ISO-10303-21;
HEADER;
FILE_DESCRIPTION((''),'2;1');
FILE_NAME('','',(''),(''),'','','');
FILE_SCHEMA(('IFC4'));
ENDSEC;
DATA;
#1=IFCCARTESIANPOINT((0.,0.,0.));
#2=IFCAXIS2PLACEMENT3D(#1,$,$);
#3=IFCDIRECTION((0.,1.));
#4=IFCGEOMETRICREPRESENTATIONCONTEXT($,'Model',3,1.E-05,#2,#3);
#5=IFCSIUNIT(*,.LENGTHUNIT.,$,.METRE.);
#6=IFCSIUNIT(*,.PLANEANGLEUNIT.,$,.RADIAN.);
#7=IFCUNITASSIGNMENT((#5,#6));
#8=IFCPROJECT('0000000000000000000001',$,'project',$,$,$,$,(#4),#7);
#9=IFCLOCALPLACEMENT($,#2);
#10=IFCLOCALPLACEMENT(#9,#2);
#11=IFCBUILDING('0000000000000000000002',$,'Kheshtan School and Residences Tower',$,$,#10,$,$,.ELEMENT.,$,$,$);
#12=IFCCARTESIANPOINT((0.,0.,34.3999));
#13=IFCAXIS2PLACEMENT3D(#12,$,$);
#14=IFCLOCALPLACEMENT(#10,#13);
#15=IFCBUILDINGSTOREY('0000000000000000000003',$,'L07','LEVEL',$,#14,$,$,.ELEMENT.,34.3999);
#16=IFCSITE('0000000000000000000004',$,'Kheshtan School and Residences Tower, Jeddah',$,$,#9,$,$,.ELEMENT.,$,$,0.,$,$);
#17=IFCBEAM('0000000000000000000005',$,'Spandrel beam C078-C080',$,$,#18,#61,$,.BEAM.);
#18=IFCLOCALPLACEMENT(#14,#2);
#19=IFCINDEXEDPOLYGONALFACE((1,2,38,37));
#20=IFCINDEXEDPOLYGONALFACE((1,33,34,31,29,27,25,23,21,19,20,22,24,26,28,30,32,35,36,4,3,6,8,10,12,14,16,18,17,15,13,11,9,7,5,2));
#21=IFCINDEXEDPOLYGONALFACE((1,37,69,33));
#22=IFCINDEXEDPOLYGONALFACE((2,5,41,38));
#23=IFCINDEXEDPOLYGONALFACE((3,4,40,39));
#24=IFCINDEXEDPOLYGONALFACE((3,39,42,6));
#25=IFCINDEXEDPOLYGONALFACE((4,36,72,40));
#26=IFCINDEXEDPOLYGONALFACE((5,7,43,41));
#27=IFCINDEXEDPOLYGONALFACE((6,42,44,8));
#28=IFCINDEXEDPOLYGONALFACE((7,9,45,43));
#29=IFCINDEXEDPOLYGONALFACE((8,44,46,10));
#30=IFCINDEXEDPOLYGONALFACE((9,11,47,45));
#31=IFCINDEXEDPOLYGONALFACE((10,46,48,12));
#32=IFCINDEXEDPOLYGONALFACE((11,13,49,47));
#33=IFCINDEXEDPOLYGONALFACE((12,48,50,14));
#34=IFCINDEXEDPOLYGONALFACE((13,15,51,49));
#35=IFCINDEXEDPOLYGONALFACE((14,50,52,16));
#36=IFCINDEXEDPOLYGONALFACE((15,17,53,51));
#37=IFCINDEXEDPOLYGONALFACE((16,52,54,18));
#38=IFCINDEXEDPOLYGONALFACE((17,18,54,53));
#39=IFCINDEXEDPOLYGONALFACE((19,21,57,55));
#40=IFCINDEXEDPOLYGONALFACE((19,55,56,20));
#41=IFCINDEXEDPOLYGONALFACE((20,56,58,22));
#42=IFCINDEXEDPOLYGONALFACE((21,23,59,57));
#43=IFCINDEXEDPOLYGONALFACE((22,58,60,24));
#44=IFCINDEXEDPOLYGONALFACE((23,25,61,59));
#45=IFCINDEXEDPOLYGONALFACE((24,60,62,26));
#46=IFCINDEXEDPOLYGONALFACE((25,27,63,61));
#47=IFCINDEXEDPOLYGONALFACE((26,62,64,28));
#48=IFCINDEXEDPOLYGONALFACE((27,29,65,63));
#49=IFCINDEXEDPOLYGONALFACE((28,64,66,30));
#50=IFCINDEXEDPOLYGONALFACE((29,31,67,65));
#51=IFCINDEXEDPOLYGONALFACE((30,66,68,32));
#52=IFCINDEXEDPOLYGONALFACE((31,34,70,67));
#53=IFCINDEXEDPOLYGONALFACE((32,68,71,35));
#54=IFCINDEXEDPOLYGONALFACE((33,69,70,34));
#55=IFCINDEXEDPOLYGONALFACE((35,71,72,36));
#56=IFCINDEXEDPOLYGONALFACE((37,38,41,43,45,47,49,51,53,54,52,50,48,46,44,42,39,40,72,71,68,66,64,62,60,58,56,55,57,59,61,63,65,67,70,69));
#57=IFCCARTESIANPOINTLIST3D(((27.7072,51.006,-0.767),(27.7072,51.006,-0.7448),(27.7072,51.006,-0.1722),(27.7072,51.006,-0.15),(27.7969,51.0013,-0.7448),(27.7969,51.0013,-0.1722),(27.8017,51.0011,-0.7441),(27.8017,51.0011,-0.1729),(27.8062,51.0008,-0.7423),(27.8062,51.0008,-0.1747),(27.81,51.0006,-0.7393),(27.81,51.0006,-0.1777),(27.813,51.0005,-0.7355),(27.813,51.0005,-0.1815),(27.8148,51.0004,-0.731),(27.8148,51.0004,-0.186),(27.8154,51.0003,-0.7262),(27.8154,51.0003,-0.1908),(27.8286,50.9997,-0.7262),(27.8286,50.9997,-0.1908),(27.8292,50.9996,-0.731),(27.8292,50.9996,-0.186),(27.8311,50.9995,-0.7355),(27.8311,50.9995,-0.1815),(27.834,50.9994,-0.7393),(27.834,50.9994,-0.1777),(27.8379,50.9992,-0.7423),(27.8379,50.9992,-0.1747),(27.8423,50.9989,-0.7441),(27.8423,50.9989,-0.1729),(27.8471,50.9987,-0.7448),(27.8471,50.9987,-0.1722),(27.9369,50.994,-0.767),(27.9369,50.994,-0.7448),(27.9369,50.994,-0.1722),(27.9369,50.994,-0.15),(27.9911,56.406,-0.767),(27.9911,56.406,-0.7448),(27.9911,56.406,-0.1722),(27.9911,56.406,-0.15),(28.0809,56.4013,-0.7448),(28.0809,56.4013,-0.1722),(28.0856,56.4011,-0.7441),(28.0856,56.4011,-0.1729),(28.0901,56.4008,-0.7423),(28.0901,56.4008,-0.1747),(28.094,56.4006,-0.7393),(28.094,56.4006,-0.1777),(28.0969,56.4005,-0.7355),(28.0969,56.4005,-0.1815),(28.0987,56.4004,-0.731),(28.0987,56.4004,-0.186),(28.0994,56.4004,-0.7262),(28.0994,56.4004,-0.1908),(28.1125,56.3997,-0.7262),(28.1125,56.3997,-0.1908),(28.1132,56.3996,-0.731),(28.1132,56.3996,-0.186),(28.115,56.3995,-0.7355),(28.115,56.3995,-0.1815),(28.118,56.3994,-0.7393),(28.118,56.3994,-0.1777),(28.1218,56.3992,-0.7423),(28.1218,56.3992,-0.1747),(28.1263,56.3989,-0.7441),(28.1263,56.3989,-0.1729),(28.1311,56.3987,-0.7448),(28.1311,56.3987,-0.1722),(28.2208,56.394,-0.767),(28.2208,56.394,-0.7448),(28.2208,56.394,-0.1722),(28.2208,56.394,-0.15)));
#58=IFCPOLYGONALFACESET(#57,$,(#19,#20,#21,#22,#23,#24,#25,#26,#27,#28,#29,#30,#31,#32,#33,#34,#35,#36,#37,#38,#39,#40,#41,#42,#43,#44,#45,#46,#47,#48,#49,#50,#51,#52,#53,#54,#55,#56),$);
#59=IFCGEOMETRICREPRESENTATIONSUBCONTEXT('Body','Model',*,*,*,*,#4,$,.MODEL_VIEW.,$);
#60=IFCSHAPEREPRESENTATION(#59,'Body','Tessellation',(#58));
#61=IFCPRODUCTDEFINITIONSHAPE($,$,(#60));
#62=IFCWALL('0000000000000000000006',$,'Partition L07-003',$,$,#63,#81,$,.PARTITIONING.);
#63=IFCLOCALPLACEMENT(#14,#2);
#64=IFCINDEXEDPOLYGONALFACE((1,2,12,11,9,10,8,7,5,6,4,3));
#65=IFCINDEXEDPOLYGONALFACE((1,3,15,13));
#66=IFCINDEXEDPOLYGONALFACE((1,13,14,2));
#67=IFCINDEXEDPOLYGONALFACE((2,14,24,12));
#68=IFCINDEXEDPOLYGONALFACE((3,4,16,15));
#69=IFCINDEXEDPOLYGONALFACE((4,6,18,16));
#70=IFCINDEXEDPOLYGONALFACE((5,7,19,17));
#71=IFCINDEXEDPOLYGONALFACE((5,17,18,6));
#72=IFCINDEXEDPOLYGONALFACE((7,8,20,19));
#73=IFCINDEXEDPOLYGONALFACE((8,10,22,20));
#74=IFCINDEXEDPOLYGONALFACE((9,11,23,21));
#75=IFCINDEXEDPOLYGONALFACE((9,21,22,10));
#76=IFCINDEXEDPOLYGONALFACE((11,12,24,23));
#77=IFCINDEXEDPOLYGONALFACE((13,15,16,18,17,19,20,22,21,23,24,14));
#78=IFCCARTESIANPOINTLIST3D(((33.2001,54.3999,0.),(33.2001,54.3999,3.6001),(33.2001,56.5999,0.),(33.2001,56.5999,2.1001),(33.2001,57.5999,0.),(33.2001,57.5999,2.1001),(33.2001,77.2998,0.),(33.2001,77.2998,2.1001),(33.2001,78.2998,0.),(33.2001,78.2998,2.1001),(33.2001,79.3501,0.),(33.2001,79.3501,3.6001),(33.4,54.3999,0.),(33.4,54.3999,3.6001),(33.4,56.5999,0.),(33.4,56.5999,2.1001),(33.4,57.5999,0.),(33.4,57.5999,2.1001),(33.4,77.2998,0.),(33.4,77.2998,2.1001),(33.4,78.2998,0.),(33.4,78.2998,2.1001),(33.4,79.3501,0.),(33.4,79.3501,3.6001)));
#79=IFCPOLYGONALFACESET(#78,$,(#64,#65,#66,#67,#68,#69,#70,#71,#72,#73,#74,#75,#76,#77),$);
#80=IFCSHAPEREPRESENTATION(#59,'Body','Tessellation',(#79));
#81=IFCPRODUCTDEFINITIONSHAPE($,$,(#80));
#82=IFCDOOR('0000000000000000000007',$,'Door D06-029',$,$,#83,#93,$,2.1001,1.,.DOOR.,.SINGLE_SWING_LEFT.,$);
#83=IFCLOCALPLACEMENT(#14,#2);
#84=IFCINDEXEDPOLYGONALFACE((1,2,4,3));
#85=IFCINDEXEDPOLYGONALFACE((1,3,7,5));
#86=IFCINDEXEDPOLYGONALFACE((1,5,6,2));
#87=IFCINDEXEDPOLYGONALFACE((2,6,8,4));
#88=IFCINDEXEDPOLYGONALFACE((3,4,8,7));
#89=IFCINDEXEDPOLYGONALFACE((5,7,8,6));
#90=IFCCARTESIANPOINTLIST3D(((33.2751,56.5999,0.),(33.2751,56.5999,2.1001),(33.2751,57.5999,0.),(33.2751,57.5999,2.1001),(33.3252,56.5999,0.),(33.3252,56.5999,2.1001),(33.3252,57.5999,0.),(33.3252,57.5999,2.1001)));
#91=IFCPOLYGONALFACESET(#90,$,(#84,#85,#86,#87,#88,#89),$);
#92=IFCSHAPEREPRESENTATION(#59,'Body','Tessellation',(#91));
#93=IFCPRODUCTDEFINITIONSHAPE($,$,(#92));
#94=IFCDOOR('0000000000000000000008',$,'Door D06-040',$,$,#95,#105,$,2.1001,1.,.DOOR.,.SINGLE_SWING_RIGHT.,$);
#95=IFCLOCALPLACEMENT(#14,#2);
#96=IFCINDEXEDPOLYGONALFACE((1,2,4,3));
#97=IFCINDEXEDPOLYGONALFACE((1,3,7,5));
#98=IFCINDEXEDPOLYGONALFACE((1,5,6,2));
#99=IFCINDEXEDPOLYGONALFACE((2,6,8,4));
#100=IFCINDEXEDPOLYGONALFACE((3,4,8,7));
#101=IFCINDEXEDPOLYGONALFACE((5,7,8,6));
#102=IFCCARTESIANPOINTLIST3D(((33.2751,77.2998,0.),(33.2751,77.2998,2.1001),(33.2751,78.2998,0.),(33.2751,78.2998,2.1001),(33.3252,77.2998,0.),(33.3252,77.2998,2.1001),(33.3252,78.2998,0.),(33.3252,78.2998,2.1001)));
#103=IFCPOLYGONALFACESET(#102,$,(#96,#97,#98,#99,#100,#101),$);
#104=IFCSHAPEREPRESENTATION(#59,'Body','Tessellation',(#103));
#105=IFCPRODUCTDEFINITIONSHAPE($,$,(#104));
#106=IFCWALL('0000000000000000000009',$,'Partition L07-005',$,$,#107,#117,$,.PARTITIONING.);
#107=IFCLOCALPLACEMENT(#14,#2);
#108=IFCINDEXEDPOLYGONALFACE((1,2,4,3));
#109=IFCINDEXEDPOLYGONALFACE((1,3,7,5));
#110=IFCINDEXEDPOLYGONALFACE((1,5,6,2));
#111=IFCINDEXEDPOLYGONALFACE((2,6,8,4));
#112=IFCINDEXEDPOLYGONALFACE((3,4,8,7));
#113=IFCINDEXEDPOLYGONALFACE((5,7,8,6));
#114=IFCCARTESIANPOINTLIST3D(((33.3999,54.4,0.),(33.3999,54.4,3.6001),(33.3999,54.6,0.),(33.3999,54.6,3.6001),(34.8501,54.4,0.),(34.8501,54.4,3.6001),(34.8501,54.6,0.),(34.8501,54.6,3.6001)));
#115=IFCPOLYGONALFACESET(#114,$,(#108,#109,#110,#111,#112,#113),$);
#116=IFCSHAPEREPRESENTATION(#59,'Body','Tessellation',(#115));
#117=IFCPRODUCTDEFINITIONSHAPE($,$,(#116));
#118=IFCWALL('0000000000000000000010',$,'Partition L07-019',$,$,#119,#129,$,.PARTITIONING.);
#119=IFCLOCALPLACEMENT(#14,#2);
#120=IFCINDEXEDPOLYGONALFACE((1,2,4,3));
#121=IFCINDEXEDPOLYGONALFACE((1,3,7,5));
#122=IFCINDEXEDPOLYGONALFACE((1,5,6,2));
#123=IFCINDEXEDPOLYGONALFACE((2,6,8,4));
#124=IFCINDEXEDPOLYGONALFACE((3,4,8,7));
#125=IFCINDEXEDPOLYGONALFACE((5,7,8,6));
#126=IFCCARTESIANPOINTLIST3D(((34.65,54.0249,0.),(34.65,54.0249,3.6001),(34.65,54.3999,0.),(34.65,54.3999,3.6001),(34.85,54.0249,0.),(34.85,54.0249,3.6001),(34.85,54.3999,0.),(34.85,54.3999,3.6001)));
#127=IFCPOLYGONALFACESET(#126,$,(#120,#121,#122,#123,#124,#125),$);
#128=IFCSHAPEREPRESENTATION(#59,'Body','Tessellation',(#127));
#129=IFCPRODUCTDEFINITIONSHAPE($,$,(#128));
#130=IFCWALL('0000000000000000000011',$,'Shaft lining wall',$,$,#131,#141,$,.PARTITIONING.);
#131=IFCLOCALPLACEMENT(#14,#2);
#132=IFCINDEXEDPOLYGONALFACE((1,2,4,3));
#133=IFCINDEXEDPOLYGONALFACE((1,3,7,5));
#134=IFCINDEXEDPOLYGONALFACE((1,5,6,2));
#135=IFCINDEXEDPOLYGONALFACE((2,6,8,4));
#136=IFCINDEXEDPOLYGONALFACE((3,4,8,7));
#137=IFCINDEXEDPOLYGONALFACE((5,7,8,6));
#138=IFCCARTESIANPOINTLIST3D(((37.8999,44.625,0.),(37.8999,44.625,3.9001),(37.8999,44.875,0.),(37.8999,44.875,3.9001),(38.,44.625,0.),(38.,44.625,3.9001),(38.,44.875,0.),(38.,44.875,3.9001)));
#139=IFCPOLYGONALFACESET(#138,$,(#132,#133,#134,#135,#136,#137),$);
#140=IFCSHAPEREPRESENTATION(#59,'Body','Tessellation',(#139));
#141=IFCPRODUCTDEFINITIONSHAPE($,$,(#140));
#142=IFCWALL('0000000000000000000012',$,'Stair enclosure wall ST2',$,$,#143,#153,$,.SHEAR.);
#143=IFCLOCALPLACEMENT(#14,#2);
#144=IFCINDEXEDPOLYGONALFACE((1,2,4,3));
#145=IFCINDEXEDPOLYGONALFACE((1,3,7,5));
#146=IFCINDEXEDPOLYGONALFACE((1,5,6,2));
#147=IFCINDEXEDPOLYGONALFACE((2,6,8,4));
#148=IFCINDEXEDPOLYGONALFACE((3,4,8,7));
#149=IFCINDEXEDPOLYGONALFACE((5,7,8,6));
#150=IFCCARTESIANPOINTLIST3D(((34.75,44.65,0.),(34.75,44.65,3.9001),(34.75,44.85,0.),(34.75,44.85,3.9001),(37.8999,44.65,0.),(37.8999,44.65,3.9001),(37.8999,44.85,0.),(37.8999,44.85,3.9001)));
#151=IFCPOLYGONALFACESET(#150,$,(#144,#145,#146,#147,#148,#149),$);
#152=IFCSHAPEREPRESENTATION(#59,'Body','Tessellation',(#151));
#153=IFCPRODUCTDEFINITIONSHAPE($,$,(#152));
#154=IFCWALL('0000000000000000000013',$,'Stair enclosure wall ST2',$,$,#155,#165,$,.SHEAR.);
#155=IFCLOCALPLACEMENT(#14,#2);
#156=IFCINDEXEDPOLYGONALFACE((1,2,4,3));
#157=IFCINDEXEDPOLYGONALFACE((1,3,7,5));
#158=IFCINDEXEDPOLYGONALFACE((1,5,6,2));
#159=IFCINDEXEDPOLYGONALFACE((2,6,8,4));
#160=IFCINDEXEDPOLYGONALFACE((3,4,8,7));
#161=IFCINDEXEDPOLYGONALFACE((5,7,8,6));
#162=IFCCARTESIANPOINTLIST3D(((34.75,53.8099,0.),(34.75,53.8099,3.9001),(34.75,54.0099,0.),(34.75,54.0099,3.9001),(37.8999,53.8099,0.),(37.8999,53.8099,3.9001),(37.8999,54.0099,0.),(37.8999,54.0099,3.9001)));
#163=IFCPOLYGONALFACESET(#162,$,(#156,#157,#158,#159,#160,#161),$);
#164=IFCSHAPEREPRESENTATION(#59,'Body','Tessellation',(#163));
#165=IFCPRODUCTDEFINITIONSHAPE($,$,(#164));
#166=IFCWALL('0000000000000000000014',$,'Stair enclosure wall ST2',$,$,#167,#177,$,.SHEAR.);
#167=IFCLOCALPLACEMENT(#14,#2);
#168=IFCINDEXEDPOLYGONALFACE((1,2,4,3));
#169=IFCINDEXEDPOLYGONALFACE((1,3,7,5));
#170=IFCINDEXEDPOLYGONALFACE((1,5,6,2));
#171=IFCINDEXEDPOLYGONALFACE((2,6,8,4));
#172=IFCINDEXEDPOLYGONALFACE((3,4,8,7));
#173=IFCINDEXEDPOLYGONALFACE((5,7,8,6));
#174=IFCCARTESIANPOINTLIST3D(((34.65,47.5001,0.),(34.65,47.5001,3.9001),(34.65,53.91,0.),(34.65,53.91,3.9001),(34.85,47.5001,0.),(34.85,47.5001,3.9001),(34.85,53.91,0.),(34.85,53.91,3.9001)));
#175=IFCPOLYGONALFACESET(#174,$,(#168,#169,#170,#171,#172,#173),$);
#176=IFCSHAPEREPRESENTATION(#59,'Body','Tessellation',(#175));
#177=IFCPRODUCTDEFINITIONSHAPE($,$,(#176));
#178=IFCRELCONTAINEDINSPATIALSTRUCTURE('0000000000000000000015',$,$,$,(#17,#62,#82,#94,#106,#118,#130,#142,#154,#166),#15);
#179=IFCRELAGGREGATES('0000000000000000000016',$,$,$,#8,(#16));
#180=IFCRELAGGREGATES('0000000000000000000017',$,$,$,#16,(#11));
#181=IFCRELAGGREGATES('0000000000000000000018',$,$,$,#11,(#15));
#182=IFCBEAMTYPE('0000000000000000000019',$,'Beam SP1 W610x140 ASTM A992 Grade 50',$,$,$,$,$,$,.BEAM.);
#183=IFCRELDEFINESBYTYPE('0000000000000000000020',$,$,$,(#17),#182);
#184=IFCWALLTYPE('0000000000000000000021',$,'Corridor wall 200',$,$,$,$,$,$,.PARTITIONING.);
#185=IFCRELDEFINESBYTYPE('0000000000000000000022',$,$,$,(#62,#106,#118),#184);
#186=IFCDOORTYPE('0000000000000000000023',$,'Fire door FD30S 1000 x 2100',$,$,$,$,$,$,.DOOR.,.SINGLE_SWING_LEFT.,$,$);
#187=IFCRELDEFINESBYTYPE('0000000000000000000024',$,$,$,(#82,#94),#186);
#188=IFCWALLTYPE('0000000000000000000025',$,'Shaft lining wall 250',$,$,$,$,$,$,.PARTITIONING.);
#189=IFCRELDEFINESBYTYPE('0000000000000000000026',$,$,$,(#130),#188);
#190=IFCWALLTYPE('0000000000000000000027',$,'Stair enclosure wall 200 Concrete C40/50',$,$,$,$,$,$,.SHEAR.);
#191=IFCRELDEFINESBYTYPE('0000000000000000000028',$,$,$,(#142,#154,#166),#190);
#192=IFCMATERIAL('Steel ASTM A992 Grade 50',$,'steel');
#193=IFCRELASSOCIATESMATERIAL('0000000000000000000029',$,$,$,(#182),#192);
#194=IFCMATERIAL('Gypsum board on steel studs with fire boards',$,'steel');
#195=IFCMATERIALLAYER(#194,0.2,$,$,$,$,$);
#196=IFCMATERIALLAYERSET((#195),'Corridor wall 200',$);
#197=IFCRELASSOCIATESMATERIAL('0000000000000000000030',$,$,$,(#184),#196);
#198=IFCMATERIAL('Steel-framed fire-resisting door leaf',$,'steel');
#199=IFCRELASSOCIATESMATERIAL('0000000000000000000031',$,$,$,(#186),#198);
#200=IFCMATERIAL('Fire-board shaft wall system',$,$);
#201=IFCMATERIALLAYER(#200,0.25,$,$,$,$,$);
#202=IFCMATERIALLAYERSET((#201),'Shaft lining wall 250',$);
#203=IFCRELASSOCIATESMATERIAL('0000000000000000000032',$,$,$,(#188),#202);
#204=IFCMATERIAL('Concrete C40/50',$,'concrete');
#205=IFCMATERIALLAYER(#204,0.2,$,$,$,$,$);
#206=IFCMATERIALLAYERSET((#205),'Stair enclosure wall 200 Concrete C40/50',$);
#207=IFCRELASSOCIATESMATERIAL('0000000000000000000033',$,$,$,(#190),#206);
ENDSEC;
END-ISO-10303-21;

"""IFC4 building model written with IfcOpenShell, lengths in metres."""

from ifc_helpers import new_model, si_unit, direction, frame, frame_2d, origin, origin_2d, place, context, subcontext, project, spatial, rectangle, i_section, extrude, source, transform, mapped, material, layer, layer_set, material_profile, profile_set, type_object, element, fill, save


model = new_model("IFC4")

# Units and contexts
model_context = context("Model", 3, precision=1e-05, world=origin(), true_north=direction((0.0, 1.0)))
body_context = subcontext(model_context, "Body", "Model", "MODEL_VIEW")
ifc_project = project(units=[si_unit("LENGTHUNIT", "METRE"), si_unit("PLANEANGLEUNIT", "RADIAN")], contexts=[model_context])

# Site, building, storey
site_placement = place(None, origin())
site = spatial("IfcSite", under=ifc_project, at=site_placement, Name="Kheshtan School and Residences Tower, Jeddah", CompositionType="ELEMENT", RefElevation=0.0)
building_placement = place(site_placement, origin())
building = spatial("IfcBuilding", under=site, at=building_placement, Name="Kheshtan School and Residences Tower", CompositionType="ELEMENT")
storey_placement = place(building_placement, frame((0.0, 0.0, 34.3999)))
storey = spatial("IfcBuildingStorey", under=building, at=storey_placement, Name="L07", Description="LEVEL", CompositionType="ELEMENT", Elevation=34.3999)

# Shared definitions
ifc_material_1 = material(Name="Steel ASTM A992 Grade 50", Category="steel")

# Beam
ifc_material_profile_1 = material_profile(ifc_material_1, i_section(OverallWidth=0.23, OverallDepth=0.6169, WebThickness=0.0132, FlangeThickness=0.0222, FilletRadius=0.0186, at=origin_2d()), Name="W610x140")
ifc_profile_set_1 = profile_set([ifc_material_profile_1], Name="Steel ASTM A992 Grade 50")
beam_type_1 = type_object("IfcBeamType", Name="Beam SP1 W610x140 ASTM A992 Grade 50", PredefinedType="BEAM", material=ifc_profile_set_1)
for number, where, z_axis, x_axis, name in (
    (1, (27.822, 51.0, -0.4585), (0.052509, 0.99862, 0.0), (-0.99862, 0.052509, 0.0), "Spandrel beam C078-C080"),
):
    element("IfcBeam", number, at=place(storey_placement, frame(where, z_axis=z_axis, x_axis=x_axis)), inside=storey, type_object=beam_type_1, Name=name, PredefinedType="BEAM", context=body_context, shape_type="SweptSolid", body=[
        extrude(i_section(OverallWidth=0.23, OverallDepth=0.6169, WebThickness=0.0132, FlangeThickness=0.0222, FilletRadius=0.0186, at=origin_2d()), origin(), (0.0, 0.0, 1.0), 5.4075),
    ])

# Wall, openings, doors
ifc_material_2 = material(Name="Gypsum board on steel studs with fire boards", Category="steel")
ifc_layer_1 = layer(ifc_material_2, 0.2)
ifc_layer_set_1 = layer_set([ifc_layer_1], Name="Corridor wall 200")
wall_type_1 = type_object("IfcWallType", Name="Corridor wall 200", PredefinedType="PARTITIONING", material=ifc_layer_set_1)
wall_1_placement = place(storey_placement, frame((33.3, 54.3999, 0.0), z_axis=(0.0, 0.0, 1.0), x_axis=(0.0, 1.0, 0.0)))
wall_1 = element("IfcWall", 2, at=wall_1_placement, inside=storey, type_object=wall_type_1, Name="Partition L07-003", PredefinedType="PARTITIONING", context=body_context, shape_type="SweptSolid", body=[
    extrude(rectangle(XDim=24.9502, YDim=0.2, at=frame_2d((12.4751, 0.0))), origin(), (0.0, 0.0, 1.0), 3.6001),
])
opening_1_placement = place(wall_1_placement, frame((2.2, 0.0, 0.0)))
opening_1 = element("IfcOpeningElement", 3, at=opening_1_placement, cuts=wall_1, PredefinedType="OPENING", context=body_context, shape_type="SweptSolid", body=[
    extrude(rectangle(XDim=1.0, YDim=2.1001, at=frame_2d((0.5, 1.05))), frame((0.0, 0.1099, 0.0), z_axis=(0.0, -1.0, 0.0), x_axis=(1.0, 0.0, 0.0)), (0.0, 0.0, 1.0), 0.22),
])
opening_2_placement = place(wall_1_placement, frame((22.8999, 0.0, 0.0)))
opening_2 = element("IfcOpeningElement", 4, at=opening_2_placement, cuts=wall_1, PredefinedType="OPENING", context=body_context, shape_type="SweptSolid", body=[
    extrude(rectangle(XDim=1.0, YDim=2.1001, at=frame_2d((0.5, 1.05))), frame((0.0, 0.1099, 0.0), z_axis=(0.0, -1.0, 0.0), x_axis=(1.0, 0.0, 0.0)), (0.0, 0.0, 1.0), 0.22),
])
ifc_material_3 = material(Name="Steel-framed fire-resisting door leaf", Category="steel")
door_type_1 = type_object("IfcDoorType", Name="Fire door FD30S 1000 x 2100", OperationType="SINGLE_SWING_LEFT", PredefinedType="DOOR", material=ifc_material_3)
shared_shape_1 = source(origin(), body_context, "Body", "SweptSolid", [
    extrude(rectangle(XDim=1.0, YDim=2.1001, at=frame_2d((0.5, 1.05))), frame((0.0, 0.0249, 0.0), z_axis=(0.0, -1.0, 0.0), x_axis=(1.0, 0.0, 0.0)), (0.0, 0.0, 1.0), 0.05),
])
door_1_placement = place(opening_1_placement, origin())
door_1 = element("IfcDoor", 5, at=door_1_placement, inside=storey, type_object=door_type_1, Name="Door D06-029", OperationType="SINGLE_SWING_LEFT", OverallHeight=2.1001, OverallWidth=1.0, PredefinedType="DOOR", context=body_context, shape_type="MappedRepresentation", body=[
    mapped(shared_shape_1, transform((0.0, 0.0, 0.0), x_axis=(1.0, 0.0, 0.0), y_axis=(0.0, 1.0, 0.0), z_axis=(0.0, 0.0, 1.0), scale=1.0)),
])
fill(opening_1, door_1)
door_2_placement = place(opening_2_placement, origin())
door_2 = element("IfcDoor", 6, at=door_2_placement, inside=storey, type_object=door_type_1, Name="Door D06-040", OperationType="SINGLE_SWING_RIGHT", OverallHeight=2.1001, OverallWidth=1.0, PredefinedType="DOOR", context=body_context, shape_type="MappedRepresentation", body=[
    mapped(shared_shape_1, transform((0.0, 0.0, 0.0), x_axis=(1.0, 0.0, 0.0), y_axis=(0.0, 1.0, 0.0), z_axis=(0.0, 0.0, 1.0), scale=1.0)),
])
fill(opening_2, door_2)

# Walls
wall_2_placement = place(storey_placement, frame((33.3999, 54.5, 0.0), z_axis=(0.0, 0.0, 1.0), x_axis=(1.0, 0.0, 0.0)))
element("IfcWall", 7, at=wall_2_placement, inside=storey, type_object=wall_type_1, Name="Partition L07-005", PredefinedType="PARTITIONING", context=body_context, shape_type="SweptSolid", body=[
    extrude(rectangle(XDim=1.4502, YDim=0.2, at=frame_2d((0.7251, 0.0))), origin(), (0.0, 0.0, 1.0), 3.6001),
])
wall_3_placement = place(storey_placement, frame((34.75, 54.0249, 0.0), z_axis=(0.0, 0.0, 1.0), x_axis=(0.0, 1.0, 0.0)))
element("IfcWall", 8, at=wall_3_placement, inside=storey, type_object=wall_type_1, Name="Partition L07-019", PredefinedType="PARTITIONING", context=body_context, shape_type="SweptSolid", body=[
    extrude(rectangle(XDim=0.375, YDim=0.2, at=frame_2d((0.1875, 0.0))), origin(), (0.0, 0.0, 1.0), 3.6001),
])
ifc_material_4 = material(Name="Fire-board shaft wall system")
ifc_layer_2 = layer(ifc_material_4, 0.25)
ifc_layer_set_2 = layer_set([ifc_layer_2], Name="Shaft lining wall 250")
wall_type_2 = type_object("IfcWallType", Name="Shaft lining wall 250", PredefinedType="PARTITIONING", material=ifc_layer_set_2)
wall_4_placement = place(storey_placement, frame((37.8999, 44.75, 0.0), z_axis=(0.0, 0.0, 1.0), x_axis=(1.0, 0.0, 0.0)))
element("IfcWall", 9, at=wall_4_placement, inside=storey, type_object=wall_type_2, Name="Shaft lining wall", PredefinedType="PARTITIONING", context=body_context, shape_type="SweptSolid", body=[
    extrude(rectangle(XDim=0.1001, YDim=0.25, at=frame_2d((0.05, 0.0))), origin(), (0.0, 0.0, 1.0), 3.9001),
])
ifc_material_5 = material(Name="Concrete C40/50", Category="concrete")
ifc_layer_3 = layer(ifc_material_5, 0.2)
ifc_layer_set_3 = layer_set([ifc_layer_3], Name="Stair enclosure wall 200 Concrete C40/50")
wall_type_3 = type_object("IfcWallType", Name="Stair enclosure wall 200 Concrete C40/50", PredefinedType="SHEAR", material=ifc_layer_set_3)
for number, where, z_axis, x_axis, name in (
    (10, (34.75, 44.75, 0.0), (0.0, 0.0, 1.0), (1.0, 0.0, 0.0), "Stair enclosure wall ST2"),
    (11, (34.75, 53.9099, 0.0), (0.0, 0.0, 1.0), (1.0, 0.0, 0.0), "Stair enclosure wall ST2"),
):
    element("IfcWall", number, at=place(storey_placement, frame(where, z_axis=z_axis, x_axis=x_axis)), inside=storey, type_object=wall_type_3, Name=name, PredefinedType="SHEAR", context=body_context, shape_type="SweptSolid", body=[
        extrude(rectangle(XDim=3.1499, YDim=0.2, at=frame_2d((1.575, 0.0))), origin(), (0.0, 0.0, 1.0), 3.9001),
    ])
wall_5_placement = place(storey_placement, frame((34.75, 47.5, 0.0), z_axis=(0.0, 0.0, 1.0), x_axis=(0.0, 1.0, 0.0)))
element("IfcWall", 12, at=wall_5_placement, inside=storey, type_object=wall_type_3, Name="Stair enclosure wall ST2", PredefinedType="SHEAR", context=body_context, shape_type="SweptSolid", body=[
    extrude(rectangle(XDim=6.4099, YDim=0.2, at=frame_2d((3.2051, 0.0))), origin(), (0.0, 0.0, 1.0), 3.9001),
])

save(model, "model.ifc")
